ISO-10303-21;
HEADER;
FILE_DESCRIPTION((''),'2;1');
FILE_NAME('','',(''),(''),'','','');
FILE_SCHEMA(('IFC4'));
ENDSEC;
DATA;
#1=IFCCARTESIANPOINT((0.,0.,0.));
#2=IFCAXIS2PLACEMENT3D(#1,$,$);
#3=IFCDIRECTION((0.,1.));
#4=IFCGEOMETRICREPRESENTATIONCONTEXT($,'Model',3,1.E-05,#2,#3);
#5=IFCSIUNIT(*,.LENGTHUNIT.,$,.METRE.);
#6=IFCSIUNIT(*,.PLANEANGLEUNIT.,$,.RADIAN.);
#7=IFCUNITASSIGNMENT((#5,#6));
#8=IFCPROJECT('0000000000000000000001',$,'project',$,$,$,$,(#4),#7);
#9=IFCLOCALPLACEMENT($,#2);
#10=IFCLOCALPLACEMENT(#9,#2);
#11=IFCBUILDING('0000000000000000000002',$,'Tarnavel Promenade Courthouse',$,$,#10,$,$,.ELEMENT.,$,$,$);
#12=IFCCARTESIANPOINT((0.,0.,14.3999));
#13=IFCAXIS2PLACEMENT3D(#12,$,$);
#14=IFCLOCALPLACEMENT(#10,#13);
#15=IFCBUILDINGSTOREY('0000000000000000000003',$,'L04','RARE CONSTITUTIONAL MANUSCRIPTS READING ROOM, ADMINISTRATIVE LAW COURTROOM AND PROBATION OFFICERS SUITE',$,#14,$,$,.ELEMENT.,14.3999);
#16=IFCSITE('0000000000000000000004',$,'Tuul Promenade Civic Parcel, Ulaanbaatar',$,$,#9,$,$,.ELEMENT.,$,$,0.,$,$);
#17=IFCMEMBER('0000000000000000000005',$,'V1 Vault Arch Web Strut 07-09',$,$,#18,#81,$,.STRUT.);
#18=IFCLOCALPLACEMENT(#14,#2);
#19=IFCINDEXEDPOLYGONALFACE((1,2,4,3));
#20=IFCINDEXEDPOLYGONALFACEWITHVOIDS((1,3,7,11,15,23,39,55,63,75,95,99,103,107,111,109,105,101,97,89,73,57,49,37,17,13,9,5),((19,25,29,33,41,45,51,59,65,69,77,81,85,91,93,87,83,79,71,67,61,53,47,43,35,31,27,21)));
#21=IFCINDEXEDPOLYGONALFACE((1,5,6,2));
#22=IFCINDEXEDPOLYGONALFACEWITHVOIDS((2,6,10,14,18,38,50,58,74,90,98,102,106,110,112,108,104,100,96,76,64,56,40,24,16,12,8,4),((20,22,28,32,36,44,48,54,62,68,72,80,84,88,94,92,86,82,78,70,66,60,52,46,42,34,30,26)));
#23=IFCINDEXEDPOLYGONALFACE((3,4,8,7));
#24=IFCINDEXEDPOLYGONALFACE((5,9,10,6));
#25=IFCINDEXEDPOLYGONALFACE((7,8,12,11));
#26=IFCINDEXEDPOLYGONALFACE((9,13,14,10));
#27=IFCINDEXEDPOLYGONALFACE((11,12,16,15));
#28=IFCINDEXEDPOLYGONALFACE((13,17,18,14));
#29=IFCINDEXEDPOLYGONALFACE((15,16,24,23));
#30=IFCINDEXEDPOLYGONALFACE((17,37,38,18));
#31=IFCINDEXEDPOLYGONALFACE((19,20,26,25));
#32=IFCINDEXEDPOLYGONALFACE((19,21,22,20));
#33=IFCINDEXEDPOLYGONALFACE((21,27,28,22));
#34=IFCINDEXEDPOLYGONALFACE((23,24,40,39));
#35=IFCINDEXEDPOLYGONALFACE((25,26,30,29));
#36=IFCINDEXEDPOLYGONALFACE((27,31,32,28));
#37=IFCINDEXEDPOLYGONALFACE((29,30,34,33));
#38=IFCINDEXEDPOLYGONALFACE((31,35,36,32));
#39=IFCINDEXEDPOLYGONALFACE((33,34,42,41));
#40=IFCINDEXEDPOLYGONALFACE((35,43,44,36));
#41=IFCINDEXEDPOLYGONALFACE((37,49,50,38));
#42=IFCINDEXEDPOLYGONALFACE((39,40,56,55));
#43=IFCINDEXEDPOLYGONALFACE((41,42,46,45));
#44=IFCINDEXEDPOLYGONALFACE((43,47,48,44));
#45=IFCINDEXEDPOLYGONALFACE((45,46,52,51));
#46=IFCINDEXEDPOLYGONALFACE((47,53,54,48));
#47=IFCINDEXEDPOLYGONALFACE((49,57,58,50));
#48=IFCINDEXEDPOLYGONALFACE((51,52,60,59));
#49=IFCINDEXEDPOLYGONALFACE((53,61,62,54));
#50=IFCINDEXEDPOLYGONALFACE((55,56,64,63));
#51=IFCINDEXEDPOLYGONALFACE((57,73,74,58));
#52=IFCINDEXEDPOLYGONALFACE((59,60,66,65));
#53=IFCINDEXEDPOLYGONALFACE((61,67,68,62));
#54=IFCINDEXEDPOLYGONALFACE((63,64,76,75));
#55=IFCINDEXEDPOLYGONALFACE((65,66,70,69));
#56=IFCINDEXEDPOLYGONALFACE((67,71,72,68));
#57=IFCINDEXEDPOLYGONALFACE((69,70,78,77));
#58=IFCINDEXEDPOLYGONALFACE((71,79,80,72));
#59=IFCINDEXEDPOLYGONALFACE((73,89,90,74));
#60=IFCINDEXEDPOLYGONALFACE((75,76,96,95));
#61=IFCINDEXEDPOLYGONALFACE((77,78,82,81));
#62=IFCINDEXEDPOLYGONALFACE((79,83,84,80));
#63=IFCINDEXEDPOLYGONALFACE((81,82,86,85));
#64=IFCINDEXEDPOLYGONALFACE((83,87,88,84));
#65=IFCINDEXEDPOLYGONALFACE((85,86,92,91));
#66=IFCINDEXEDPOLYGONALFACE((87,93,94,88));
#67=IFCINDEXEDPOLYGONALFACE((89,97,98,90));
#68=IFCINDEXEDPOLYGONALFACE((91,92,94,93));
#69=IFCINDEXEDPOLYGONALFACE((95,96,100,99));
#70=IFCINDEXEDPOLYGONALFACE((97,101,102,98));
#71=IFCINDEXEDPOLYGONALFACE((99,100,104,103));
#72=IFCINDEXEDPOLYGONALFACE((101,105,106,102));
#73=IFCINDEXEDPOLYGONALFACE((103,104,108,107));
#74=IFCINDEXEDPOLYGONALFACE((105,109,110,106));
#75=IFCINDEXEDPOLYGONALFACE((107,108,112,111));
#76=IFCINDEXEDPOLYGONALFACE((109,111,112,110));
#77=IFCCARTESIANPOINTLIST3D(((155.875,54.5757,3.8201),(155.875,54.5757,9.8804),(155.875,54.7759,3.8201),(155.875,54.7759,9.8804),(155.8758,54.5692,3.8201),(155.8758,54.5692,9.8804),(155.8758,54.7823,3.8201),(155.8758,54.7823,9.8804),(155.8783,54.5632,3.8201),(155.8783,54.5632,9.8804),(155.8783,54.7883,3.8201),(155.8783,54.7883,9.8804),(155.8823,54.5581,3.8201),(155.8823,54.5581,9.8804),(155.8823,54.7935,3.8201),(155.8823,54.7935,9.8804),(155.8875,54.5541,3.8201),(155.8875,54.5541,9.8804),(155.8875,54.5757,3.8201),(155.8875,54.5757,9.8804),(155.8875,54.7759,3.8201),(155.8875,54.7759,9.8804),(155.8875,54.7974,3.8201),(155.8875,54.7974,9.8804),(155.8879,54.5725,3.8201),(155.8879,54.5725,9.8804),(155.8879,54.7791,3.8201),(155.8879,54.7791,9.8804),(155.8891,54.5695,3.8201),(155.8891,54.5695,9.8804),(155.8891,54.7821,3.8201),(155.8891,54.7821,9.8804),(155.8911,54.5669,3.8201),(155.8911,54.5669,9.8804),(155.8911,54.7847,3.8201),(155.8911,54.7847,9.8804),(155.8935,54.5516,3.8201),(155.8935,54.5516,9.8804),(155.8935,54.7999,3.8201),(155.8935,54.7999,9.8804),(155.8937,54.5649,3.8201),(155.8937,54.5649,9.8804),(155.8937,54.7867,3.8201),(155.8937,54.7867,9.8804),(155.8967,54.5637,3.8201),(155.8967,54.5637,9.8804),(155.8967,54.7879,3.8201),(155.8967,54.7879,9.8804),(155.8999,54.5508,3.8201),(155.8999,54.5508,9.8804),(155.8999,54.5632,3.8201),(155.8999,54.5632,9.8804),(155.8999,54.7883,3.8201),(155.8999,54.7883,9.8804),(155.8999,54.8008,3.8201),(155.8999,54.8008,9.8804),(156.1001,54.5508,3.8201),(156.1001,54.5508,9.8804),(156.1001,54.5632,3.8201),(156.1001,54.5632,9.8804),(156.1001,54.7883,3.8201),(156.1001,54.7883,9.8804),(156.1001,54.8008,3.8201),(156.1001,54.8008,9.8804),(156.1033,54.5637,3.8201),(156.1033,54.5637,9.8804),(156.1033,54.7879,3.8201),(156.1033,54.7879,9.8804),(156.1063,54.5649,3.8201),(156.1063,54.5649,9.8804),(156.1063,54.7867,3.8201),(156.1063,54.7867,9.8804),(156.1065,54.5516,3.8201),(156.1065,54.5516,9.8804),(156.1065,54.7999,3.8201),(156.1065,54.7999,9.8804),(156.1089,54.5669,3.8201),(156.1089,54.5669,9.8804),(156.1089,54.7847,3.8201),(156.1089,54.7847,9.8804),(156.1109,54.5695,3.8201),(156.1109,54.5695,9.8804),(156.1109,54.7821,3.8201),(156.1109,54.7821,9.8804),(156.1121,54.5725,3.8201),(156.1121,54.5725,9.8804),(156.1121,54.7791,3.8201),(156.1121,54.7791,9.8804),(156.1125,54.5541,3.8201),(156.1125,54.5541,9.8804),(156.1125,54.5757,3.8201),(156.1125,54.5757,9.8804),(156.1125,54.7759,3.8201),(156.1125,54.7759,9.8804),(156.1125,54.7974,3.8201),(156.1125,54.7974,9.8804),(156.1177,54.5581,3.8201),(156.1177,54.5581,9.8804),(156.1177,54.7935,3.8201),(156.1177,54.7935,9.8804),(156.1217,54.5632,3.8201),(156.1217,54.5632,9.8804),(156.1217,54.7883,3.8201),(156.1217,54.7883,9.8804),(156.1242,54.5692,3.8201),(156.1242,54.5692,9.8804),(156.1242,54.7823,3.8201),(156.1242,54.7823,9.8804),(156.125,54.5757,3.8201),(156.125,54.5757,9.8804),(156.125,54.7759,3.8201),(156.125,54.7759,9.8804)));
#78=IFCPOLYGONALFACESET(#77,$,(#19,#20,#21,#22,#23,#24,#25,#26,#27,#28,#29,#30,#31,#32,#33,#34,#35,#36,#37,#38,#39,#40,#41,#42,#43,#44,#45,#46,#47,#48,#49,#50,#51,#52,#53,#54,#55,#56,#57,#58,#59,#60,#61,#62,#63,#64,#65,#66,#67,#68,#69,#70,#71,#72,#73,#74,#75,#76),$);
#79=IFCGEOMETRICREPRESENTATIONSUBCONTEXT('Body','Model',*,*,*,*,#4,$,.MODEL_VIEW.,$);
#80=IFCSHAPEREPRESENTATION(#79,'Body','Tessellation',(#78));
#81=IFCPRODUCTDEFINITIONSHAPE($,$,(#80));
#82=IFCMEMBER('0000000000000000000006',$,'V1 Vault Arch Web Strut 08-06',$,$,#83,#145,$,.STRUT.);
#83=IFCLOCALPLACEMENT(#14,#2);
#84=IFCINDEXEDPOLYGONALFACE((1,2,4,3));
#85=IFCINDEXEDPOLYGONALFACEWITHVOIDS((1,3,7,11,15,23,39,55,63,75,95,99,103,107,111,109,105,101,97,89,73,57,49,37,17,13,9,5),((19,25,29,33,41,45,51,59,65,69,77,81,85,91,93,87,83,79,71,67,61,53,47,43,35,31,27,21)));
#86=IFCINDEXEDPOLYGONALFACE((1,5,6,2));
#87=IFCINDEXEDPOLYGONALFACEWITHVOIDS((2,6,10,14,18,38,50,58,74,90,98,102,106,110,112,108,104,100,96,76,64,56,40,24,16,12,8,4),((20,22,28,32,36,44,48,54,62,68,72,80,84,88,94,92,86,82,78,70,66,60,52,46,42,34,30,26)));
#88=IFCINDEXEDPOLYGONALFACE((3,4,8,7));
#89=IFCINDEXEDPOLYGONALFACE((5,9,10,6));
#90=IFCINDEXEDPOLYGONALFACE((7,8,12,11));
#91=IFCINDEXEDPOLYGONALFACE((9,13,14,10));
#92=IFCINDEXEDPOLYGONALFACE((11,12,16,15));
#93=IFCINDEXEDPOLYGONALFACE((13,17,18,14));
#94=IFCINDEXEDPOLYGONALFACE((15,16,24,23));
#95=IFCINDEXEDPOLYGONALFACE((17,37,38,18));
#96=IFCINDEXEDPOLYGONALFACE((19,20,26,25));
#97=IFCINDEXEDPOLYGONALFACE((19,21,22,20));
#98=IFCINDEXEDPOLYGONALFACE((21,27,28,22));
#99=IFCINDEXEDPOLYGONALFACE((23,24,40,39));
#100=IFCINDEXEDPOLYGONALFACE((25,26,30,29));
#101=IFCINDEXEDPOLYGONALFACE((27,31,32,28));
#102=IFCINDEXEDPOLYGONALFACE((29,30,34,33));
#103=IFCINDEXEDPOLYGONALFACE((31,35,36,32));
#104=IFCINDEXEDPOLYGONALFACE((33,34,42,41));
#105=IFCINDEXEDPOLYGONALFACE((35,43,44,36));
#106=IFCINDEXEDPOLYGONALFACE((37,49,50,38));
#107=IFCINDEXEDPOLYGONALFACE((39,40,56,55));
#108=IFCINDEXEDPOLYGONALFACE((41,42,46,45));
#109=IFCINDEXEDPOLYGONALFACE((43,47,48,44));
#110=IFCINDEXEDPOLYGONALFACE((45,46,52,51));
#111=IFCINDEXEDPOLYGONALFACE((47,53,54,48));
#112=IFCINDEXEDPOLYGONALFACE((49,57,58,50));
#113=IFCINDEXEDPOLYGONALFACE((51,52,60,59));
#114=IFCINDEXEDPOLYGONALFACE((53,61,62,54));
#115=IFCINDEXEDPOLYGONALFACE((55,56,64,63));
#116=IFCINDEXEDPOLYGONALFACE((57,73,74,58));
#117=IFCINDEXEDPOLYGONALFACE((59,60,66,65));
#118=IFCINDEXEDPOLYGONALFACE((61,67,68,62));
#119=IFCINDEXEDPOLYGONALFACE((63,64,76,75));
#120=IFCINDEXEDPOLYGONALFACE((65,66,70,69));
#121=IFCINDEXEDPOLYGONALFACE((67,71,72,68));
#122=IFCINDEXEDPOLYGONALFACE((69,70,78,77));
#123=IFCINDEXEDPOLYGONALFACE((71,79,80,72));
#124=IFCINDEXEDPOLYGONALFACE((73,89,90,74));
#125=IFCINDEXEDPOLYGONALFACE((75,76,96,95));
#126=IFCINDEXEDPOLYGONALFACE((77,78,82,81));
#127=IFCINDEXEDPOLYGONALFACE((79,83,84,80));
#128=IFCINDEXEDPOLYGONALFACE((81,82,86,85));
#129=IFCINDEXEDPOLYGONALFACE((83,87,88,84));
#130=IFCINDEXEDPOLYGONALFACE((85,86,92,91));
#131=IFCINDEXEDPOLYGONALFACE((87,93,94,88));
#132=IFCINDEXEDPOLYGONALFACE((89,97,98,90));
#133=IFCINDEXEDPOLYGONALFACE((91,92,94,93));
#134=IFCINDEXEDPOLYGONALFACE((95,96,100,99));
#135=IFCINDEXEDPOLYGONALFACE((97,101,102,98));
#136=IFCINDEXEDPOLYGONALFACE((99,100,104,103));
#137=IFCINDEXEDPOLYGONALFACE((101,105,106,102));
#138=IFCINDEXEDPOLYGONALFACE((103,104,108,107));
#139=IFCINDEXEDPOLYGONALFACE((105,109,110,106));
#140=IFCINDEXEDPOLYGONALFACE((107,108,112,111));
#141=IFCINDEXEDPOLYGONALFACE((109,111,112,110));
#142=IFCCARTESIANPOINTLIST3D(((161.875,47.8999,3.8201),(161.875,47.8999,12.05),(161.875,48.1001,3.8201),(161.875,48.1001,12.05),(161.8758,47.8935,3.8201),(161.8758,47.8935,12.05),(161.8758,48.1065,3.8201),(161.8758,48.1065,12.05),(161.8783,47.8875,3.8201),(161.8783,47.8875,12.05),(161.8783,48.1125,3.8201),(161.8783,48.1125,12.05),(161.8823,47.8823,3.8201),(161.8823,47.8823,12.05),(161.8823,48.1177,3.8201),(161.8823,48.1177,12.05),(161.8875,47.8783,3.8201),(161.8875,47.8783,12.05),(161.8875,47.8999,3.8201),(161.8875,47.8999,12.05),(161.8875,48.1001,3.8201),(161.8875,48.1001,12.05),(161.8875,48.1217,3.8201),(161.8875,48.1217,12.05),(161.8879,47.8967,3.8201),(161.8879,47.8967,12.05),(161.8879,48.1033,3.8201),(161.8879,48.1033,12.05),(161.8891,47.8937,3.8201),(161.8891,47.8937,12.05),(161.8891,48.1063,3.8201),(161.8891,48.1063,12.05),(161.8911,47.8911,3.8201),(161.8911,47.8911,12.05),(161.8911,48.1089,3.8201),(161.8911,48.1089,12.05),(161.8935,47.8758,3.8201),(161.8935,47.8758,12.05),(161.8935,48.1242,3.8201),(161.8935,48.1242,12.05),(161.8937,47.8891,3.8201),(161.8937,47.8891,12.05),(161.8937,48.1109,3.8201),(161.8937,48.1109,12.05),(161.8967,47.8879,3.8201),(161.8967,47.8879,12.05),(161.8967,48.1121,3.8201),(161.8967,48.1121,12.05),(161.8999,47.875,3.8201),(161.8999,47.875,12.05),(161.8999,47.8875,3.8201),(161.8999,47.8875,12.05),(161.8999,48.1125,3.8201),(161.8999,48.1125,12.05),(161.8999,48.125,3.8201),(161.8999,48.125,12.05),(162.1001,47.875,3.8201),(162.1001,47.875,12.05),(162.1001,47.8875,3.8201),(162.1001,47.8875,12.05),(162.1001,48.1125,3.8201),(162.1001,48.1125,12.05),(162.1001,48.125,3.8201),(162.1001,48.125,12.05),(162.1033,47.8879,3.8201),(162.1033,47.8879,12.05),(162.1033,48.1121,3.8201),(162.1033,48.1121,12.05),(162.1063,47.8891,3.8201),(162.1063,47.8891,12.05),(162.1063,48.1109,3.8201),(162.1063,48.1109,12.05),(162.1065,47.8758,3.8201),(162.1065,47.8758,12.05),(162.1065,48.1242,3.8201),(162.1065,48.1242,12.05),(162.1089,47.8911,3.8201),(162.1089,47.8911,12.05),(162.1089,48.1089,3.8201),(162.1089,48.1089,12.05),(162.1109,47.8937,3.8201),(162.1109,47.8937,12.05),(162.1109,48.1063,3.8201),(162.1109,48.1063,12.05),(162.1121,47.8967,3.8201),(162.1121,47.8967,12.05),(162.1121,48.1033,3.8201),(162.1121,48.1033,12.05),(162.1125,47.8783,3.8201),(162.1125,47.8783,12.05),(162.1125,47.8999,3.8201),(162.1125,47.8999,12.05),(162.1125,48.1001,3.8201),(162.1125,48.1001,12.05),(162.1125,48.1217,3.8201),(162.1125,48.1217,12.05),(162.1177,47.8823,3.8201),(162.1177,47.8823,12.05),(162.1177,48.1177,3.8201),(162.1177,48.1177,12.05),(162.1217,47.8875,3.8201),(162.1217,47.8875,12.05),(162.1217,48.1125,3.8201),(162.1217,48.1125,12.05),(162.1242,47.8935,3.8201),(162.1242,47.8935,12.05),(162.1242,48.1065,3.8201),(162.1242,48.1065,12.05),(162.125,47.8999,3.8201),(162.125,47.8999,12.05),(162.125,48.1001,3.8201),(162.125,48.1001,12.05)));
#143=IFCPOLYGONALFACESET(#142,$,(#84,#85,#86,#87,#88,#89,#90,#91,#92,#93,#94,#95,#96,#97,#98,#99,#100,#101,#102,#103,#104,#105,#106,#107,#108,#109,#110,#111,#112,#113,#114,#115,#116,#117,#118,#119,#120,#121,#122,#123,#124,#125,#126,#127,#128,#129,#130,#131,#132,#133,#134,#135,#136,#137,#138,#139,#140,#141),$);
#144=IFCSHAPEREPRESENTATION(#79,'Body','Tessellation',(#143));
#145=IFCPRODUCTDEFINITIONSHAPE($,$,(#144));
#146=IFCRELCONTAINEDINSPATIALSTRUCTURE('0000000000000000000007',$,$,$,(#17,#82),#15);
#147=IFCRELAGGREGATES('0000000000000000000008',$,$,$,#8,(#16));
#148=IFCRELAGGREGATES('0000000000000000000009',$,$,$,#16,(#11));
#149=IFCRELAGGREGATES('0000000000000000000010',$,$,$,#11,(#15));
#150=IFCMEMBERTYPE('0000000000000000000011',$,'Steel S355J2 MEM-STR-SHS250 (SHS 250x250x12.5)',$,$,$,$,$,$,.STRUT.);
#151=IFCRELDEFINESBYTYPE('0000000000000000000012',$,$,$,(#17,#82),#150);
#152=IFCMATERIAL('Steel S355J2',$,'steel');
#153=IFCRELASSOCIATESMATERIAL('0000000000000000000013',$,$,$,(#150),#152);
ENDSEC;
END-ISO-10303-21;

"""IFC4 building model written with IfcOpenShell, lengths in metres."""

from ifc_helpers import new_model, si_unit, direction, frame, origin, origin_2d, place, context, subcontext, project, spatial, hollow_rectangle, extrude, material, material_profile, profile_set, type_object, element, save


model = new_model("IFC4")

# Units and contexts
model_context = context("Model", 3, precision=1e-05, world=origin(), true_north=direction((0.0, 1.0)))
body_context = subcontext(model_context, "Body", "Model", "MODEL_VIEW")
ifc_project = project(units=[si_unit("LENGTHUNIT", "METRE"), si_unit("PLANEANGLEUNIT", "RADIAN")], contexts=[model_context])

# Site, building, storey
site_placement = place(None, origin())
site = spatial("IfcSite", under=ifc_project, at=site_placement, Name="Tuul Promenade Civic Parcel, Ulaanbaatar", CompositionType="ELEMENT", RefElevation=0.0)
building_placement = place(site_placement, origin())
building = spatial("IfcBuilding", under=site, at=building_placement, Name="Tarnavel Promenade Courthouse", CompositionType="ELEMENT")
storey_placement = place(building_placement, frame((0.0, 0.0, 14.3999)))
storey = spatial("IfcBuildingStorey", under=building, at=storey_placement, Name="L04", Description="RARE CONSTITUTIONAL MANUSCRIPTS READING ROOM, ADMINISTRATIVE LAW COURTROOM AND PROBATION OFFICERS SUITE", CompositionType="ELEMENT", Elevation=14.3999)

# Shared definitions
ifc_material = material(Name="Steel S355J2", Category="steel")

# Members
ifc_material_profile_1 = material_profile(ifc_material, hollow_rectangle(XDim=0.25, YDim=0.25, WallThickness=0.0125, InnerFilletRadius=0.0125, OuterFilletRadius=0.0249, at=origin_2d()), Name="SHS 250x250x12.5")
ifc_profile_set_1 = profile_set([ifc_material_profile_1], Name="Steel S355J2")
member_type = type_object("IfcMemberType", Name="Steel S355J2 MEM-STR-SHS250 (SHS 250x250x12.5)", PredefinedType="STRUT", material=ifc_profile_set_1)
member_1_placement = place(storey_placement, frame((156.0, 54.6758, 3.8201), z_axis=(0.0, 0.0, 1.0), x_axis=(1.0, 0.0, 0.0)))
element("IfcMember", 1, at=member_1_placement, inside=storey, type_object=member_type, Name="V1 Vault Arch Web Strut 07-09", PredefinedType="STRUT", context=body_context, shape_type="SweptSolid", body=[
    extrude(hollow_rectangle(XDim=0.25, YDim=0.25, WallThickness=0.0125, InnerFilletRadius=0.0125, OuterFilletRadius=0.0249, at=origin_2d()), origin(), (0.0, 0.0, 1.0), 6.0603),
])
member_2_placement = place(storey_placement, frame((162.0, 48.0, 3.8201), z_axis=(0.0, 0.0, 1.0), x_axis=(1.0, 0.0, 0.0)))
element("IfcMember", 2, at=member_2_placement, inside=storey, type_object=member_type, Name="V1 Vault Arch Web Strut 08-06", PredefinedType="STRUT", context=body_context, shape_type="SweptSolid", body=[
    extrude(hollow_rectangle(XDim=0.25, YDim=0.25, WallThickness=0.0125, InnerFilletRadius=0.0125, OuterFilletRadius=0.0249, at=origin_2d()), origin(), (0.0, 0.0, 1.0), 8.23),
])

save(model, "model.ifc")
